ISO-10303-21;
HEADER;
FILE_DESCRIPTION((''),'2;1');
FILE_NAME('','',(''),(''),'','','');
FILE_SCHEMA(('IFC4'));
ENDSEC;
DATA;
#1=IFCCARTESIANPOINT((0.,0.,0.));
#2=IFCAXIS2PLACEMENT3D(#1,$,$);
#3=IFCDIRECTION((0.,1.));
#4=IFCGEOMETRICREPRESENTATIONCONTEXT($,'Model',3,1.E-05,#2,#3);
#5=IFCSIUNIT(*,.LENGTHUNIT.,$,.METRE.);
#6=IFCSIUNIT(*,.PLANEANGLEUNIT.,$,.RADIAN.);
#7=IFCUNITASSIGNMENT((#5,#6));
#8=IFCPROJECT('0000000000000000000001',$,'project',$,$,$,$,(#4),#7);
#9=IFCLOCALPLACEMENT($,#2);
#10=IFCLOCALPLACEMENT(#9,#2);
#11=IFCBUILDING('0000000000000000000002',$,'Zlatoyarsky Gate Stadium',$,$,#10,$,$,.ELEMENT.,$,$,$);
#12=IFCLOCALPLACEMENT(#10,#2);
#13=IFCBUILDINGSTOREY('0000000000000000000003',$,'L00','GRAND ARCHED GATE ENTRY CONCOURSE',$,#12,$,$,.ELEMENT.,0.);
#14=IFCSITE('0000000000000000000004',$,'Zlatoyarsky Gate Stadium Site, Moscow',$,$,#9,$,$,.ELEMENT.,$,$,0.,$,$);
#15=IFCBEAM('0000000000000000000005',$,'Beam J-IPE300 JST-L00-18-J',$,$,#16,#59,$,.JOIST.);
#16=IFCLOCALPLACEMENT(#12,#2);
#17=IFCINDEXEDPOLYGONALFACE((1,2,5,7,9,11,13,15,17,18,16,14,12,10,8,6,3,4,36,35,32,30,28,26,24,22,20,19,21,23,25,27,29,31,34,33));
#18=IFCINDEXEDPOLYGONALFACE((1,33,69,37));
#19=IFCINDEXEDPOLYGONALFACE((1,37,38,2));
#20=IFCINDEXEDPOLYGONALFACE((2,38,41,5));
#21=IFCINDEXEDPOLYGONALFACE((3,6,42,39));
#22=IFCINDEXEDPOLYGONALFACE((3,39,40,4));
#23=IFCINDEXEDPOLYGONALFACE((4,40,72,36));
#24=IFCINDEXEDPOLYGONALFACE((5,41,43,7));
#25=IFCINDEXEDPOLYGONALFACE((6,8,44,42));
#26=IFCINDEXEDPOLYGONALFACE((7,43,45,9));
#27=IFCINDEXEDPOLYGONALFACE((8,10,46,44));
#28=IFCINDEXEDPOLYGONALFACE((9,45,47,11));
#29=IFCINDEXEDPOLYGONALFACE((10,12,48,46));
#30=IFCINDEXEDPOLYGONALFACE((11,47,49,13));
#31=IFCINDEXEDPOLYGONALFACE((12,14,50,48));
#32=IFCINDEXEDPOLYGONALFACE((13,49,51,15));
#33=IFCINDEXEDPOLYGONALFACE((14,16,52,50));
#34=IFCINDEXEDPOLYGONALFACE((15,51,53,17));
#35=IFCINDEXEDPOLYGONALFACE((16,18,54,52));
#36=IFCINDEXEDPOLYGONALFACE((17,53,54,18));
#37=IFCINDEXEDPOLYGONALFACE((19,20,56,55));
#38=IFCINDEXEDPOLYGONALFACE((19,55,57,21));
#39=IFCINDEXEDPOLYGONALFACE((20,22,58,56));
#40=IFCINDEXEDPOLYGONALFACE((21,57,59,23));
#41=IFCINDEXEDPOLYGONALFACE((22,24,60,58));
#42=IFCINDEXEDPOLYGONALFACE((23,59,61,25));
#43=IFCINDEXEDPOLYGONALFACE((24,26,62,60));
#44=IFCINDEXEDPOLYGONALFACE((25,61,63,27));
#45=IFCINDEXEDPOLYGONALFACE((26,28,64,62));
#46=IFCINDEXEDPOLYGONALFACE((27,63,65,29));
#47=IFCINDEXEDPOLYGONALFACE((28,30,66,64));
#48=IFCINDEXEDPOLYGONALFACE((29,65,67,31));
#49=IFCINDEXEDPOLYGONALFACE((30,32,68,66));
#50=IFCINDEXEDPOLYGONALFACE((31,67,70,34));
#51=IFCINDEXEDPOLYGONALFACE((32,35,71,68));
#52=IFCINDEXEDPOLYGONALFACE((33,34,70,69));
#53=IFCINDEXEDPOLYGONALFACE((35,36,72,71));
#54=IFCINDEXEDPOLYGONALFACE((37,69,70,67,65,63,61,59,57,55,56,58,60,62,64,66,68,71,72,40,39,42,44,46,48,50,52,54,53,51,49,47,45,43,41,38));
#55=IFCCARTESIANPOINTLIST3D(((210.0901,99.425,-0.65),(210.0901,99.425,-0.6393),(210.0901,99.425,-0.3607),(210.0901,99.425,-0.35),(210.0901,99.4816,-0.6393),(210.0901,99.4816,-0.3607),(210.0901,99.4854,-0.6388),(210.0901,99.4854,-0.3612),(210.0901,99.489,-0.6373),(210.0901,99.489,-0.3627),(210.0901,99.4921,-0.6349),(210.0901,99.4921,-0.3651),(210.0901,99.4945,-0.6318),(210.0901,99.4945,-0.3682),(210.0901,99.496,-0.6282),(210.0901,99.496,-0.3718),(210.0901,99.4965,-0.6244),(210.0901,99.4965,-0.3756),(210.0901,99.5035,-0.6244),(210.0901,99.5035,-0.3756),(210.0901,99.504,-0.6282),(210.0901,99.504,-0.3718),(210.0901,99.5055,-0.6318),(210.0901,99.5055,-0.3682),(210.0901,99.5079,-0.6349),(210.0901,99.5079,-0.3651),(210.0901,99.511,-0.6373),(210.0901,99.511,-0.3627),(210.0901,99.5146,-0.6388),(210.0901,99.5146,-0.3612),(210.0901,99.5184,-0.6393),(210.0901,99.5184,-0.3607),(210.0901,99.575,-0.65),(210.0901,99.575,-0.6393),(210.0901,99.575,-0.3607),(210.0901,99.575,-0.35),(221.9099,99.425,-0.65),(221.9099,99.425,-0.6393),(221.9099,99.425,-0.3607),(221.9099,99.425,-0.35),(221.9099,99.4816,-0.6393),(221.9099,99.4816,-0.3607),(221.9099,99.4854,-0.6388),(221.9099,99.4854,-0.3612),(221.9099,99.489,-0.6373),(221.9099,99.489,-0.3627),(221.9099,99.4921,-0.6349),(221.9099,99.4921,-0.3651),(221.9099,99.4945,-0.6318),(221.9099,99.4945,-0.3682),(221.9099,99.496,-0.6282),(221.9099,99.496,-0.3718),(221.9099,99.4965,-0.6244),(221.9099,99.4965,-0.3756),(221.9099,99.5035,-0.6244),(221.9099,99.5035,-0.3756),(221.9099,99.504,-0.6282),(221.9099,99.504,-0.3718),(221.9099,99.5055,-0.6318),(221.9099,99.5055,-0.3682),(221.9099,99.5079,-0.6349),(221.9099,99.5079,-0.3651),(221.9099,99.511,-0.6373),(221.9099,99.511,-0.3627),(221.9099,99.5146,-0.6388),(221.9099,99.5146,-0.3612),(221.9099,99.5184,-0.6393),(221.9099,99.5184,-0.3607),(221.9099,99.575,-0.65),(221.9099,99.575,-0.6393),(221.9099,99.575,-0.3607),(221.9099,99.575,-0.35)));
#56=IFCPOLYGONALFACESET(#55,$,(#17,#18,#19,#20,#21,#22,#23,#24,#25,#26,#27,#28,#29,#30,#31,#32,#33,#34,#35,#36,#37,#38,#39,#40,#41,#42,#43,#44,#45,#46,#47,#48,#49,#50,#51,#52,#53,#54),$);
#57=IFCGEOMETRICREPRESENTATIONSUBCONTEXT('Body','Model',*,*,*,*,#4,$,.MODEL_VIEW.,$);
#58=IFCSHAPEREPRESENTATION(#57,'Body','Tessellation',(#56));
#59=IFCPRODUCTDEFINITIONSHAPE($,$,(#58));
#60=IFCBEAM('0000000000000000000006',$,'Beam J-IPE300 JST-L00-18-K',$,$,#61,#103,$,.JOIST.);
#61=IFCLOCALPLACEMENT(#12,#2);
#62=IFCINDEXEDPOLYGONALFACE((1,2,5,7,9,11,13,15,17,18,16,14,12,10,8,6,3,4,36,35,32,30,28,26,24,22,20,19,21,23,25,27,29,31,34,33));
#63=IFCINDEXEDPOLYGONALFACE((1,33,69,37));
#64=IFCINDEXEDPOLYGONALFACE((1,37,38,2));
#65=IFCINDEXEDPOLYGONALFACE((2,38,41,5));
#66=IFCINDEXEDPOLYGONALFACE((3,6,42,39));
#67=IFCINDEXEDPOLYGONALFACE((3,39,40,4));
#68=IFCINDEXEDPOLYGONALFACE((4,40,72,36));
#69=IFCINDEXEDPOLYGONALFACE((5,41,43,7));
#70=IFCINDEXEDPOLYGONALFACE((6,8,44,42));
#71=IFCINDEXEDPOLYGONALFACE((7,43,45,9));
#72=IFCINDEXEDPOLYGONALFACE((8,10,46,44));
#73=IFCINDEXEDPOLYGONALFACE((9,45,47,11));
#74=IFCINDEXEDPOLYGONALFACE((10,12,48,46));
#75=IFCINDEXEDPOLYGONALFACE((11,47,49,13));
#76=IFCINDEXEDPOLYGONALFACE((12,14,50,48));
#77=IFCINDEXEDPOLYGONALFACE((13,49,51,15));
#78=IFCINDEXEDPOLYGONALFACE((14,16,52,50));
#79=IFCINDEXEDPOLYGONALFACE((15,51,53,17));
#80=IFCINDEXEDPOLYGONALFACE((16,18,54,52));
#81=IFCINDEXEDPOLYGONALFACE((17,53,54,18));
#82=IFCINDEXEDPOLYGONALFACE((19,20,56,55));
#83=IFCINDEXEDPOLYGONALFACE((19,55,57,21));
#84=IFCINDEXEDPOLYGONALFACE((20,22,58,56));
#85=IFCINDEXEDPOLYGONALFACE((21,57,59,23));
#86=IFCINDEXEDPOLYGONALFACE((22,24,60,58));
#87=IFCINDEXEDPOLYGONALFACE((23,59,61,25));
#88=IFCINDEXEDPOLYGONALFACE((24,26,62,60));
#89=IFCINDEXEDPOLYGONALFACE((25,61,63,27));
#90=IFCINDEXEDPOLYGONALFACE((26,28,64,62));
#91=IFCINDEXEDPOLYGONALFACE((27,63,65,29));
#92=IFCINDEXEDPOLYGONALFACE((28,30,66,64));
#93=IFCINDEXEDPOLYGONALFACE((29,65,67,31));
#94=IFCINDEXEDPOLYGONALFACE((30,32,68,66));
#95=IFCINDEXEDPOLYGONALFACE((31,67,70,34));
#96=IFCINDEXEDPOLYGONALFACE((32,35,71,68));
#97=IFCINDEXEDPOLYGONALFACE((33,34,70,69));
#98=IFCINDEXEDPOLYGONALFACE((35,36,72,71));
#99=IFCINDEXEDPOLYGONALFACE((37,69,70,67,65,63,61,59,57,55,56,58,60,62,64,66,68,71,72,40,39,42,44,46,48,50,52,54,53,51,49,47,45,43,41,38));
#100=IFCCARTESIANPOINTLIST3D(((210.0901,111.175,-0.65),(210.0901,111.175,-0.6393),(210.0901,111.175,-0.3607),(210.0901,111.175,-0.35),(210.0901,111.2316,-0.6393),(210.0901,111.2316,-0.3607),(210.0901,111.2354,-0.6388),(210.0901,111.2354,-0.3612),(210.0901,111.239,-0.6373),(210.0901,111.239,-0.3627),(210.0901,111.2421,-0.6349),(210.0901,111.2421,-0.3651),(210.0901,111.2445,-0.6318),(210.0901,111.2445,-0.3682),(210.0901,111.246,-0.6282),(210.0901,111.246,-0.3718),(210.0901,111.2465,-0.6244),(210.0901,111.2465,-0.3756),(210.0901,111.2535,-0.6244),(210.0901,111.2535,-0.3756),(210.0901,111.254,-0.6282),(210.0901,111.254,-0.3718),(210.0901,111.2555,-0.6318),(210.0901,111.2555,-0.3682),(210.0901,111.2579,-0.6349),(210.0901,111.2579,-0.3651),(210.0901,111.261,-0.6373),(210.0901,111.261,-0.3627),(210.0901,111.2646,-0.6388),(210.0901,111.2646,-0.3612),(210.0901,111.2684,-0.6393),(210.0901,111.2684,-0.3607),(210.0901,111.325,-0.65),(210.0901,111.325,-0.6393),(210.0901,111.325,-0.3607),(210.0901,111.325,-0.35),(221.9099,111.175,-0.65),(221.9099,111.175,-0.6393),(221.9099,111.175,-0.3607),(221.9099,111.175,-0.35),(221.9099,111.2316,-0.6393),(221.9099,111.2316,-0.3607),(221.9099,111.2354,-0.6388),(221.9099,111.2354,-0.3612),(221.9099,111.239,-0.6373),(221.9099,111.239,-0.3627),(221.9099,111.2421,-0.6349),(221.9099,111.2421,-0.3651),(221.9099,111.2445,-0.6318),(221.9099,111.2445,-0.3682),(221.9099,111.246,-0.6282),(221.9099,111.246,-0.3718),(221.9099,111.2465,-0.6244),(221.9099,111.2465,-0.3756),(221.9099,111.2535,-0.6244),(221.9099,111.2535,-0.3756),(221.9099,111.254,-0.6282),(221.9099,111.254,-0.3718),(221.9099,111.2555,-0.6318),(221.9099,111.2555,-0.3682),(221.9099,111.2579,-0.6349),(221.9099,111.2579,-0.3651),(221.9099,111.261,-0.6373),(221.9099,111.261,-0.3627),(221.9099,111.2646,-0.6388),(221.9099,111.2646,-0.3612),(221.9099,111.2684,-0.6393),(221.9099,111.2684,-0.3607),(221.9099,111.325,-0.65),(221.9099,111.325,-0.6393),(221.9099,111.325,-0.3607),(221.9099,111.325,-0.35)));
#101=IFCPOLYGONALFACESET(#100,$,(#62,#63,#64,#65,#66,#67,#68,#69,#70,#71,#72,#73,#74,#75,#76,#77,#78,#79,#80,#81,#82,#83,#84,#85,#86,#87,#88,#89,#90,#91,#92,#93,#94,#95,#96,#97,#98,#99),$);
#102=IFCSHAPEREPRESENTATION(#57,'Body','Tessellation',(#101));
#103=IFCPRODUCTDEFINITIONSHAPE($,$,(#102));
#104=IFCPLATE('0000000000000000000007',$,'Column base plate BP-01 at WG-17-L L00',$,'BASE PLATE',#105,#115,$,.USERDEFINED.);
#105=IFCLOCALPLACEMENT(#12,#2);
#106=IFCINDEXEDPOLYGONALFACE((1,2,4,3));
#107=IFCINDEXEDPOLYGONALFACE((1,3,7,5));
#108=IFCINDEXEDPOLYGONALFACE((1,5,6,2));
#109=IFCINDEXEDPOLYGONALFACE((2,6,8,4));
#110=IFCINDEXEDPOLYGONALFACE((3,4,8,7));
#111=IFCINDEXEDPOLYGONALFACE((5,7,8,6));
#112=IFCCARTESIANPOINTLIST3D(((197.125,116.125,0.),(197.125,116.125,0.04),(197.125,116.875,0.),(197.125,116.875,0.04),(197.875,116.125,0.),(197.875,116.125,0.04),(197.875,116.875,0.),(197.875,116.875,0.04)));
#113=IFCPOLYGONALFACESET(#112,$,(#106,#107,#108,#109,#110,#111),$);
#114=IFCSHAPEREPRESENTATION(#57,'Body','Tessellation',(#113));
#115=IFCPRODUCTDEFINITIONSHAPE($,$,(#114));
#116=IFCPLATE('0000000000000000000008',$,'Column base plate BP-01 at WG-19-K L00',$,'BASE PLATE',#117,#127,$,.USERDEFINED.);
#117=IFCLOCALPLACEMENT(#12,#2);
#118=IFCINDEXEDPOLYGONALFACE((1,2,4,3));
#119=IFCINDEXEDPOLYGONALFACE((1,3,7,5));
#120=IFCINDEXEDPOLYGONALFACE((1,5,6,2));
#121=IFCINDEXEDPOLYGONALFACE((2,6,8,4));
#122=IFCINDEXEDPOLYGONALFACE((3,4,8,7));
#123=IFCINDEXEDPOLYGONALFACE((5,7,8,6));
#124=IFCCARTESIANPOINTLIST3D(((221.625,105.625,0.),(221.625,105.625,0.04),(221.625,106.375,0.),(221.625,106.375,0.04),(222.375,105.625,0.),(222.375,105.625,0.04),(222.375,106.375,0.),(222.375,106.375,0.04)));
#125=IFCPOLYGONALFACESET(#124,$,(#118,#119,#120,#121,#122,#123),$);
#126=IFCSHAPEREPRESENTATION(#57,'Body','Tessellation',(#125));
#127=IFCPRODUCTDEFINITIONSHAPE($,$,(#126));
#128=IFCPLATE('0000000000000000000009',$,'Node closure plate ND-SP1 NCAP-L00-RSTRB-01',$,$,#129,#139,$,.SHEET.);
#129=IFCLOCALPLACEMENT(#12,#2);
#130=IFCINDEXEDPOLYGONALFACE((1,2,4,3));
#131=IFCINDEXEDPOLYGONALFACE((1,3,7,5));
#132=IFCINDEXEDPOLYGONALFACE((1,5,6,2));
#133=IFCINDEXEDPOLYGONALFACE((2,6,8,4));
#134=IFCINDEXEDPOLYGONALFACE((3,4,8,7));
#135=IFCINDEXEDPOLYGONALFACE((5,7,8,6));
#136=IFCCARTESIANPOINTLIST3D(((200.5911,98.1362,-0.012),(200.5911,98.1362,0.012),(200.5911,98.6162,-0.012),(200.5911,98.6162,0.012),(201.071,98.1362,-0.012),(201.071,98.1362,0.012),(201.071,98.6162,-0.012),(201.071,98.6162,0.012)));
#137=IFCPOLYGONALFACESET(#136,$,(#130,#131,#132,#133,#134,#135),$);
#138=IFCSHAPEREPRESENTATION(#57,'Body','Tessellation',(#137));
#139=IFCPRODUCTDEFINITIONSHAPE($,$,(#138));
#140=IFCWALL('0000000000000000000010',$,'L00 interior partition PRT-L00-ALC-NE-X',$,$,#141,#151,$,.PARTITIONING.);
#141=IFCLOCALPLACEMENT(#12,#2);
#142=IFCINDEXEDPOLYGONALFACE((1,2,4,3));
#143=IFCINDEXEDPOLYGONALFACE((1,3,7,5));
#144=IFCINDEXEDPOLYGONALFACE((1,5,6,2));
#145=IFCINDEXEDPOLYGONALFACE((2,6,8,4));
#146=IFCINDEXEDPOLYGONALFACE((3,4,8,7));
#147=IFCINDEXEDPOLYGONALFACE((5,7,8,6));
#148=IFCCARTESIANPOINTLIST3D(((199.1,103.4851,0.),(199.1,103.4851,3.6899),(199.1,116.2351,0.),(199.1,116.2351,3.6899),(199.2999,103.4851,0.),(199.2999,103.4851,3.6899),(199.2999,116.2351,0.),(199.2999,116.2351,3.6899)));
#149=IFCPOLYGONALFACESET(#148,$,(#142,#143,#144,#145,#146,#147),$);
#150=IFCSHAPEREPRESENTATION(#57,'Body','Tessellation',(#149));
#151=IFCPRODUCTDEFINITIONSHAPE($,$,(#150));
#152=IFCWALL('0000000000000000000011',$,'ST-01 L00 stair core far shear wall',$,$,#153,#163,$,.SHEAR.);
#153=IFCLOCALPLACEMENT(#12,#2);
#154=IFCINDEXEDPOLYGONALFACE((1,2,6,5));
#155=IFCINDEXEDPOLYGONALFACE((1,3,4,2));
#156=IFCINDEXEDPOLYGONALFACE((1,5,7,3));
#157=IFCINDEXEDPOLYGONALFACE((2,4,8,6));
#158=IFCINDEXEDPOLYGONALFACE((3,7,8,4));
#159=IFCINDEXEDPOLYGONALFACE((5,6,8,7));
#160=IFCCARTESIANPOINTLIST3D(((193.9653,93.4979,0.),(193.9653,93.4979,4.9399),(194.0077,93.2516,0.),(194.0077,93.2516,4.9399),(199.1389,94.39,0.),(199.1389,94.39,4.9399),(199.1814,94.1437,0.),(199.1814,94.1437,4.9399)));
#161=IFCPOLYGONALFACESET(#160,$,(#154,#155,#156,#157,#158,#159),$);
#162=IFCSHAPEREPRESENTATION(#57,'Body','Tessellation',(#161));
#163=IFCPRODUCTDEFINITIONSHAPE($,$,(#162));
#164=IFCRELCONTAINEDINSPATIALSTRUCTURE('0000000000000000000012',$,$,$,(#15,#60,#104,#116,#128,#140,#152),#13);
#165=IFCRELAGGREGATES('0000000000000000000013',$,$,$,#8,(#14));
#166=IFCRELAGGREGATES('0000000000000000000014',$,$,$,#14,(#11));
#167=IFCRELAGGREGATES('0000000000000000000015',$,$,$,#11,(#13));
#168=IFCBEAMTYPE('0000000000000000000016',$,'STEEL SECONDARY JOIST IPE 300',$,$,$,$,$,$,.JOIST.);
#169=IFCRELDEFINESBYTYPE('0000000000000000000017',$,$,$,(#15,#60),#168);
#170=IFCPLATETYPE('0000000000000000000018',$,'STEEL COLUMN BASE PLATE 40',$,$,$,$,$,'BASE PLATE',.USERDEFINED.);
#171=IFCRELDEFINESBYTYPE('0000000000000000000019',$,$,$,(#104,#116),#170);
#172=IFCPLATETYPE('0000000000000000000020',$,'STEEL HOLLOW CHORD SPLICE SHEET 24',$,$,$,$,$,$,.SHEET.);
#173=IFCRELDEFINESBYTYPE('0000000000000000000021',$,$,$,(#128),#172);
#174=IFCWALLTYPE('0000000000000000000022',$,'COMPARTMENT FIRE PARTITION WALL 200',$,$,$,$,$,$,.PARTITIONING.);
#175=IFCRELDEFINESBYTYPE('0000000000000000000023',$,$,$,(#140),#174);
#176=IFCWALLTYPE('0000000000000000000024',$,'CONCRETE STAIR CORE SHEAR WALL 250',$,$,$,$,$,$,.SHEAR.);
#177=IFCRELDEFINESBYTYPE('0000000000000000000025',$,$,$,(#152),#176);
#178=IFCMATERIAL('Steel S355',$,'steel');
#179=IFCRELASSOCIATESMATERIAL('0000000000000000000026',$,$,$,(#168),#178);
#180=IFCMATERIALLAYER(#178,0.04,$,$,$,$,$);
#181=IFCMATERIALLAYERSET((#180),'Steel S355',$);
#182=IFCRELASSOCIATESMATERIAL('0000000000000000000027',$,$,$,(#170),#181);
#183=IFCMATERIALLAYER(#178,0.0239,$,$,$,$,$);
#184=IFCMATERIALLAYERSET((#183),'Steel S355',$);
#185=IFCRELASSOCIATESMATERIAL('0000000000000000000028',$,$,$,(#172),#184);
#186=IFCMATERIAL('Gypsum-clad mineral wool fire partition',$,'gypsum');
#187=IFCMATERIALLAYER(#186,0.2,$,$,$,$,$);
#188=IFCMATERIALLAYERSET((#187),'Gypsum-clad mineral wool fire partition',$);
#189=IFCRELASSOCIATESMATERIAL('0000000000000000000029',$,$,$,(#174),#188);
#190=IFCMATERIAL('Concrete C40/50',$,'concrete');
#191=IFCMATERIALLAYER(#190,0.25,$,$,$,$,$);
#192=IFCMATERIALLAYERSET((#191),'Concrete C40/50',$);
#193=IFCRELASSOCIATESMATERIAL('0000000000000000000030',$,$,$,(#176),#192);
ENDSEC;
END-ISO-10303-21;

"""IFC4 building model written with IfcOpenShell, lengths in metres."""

from ifc_helpers import new_model, si_unit, direction, frame, frame_2d, origin, origin_2d, place, context, subcontext, project, spatial, rectangle, i_section, extrude, material, layer, layer_set, material_profile, profile_set, type_object, element, save


model = new_model("IFC4")

# Units and contexts
model_context = context("Model", 3, precision=1e-05, world=origin(), true_north=direction((0.0, 1.0)))
body_context = subcontext(model_context, "Body", "Model", "MODEL_VIEW")
ifc_project = project(units=[si_unit("LENGTHUNIT", "METRE"), si_unit("PLANEANGLEUNIT", "RADIAN")], contexts=[model_context])

# Site, building, storey
site_placement = place(None, origin())
site = spatial("IfcSite", under=ifc_project, at=site_placement, Name="Zlatoyarsky Gate Stadium Site, Moscow", CompositionType="ELEMENT", RefElevation=0.0)
building_placement = place(site_placement, origin())
building = spatial("IfcBuilding", under=site, at=building_placement, Name="Zlatoyarsky Gate Stadium", CompositionType="ELEMENT")
storey_placement = place(building_placement, origin())
storey = spatial("IfcBuildingStorey", under=building, at=storey_placement, Name="L00", Description="GRAND ARCHED GATE ENTRY CONCOURSE", CompositionType="ELEMENT", Elevation=0.0)

# Shared definitions
ifc_material_1 = material(Name="Concrete C40/50", Category="concrete")
ifc_material_2 = material(Name="Steel S355", Category="steel")

# Beams
ifc_material_profile_1 = material_profile(ifc_material_2, i_section(OverallWidth=0.1499, OverallDepth=0.3, WebThickness=0.0071, FlangeThickness=0.0107, FilletRadius=0.0149, at=origin_2d()), Name="IPE 300")
ifc_profile_set_1 = profile_set([ifc_material_profile_1], Name="Steel S355")
beam_type_1 = type_object("IfcBeamType", Name="STEEL SECONDARY JOIST IPE 300", PredefinedType="JOIST", material=ifc_profile_set_1)
for number, where, z_axis, x_axis, name in (
    (1, (210.0901, 99.5, -0.5), (1.0, 0.0, 0.0), (0.0, 1.0, 0.0), "Beam J-IPE300 JST-L00-18-J"),
    (2, (210.0901, 111.25, -0.5), (1.0, 0.0, 0.0), (0.0, 1.0, 0.0), "Beam J-IPE300 JST-L00-18-K"),
):
    element("IfcBeam", number, at=place(storey_placement, frame(where, z_axis=z_axis, x_axis=x_axis)), inside=storey, type_object=beam_type_1, Name=name, PredefinedType="JOIST", context=body_context, shape_type="SweptSolid", body=[
        extrude(i_section(OverallWidth=0.1499, OverallDepth=0.3, WebThickness=0.0071, FlangeThickness=0.0107, FilletRadius=0.0149, at=origin_2d()), origin(), (0.0, 0.0, 1.0), 11.8198),
    ])

# Plates
ifc_layer_1 = layer(ifc_material_2, 0.04)
ifc_layer_set_1 = layer_set([ifc_layer_1], Name="Steel S355")
plate_type_1 = type_object("IfcPlateType", Name="STEEL COLUMN BASE PLATE 40", ElementType="BASE PLATE", PredefinedType="USERDEFINED", material=ifc_layer_set_1)
for number, where, z_axis, x_axis, name in (
    (3, (197.5, 116.5, 0.0), (0.0, 0.0, 1.0), (1.0, 0.0, 0.0), "Column base plate BP-01 at WG-17-L L00"),
    (4, (222.0, 106.0, 0.0), (0.0, 0.0, 1.0), (1.0, 0.0, 0.0), "Column base plate BP-01 at WG-19-K L00"),
):
    element("IfcPlate", number, at=place(storey_placement, frame(where, z_axis=z_axis, x_axis=x_axis)), inside=storey, type_object=plate_type_1, Name=name, ObjectType="BASE PLATE", PredefinedType="USERDEFINED", context=body_context, shape_type="SweptSolid", body=[
        extrude(rectangle(XDim=0.75, YDim=0.75, at=origin_2d()), origin(), (0.0, 0.0, 1.0), 0.04),
    ])
ifc_layer_2 = layer(ifc_material_2, 0.0239)
ifc_layer_set_2 = layer_set([ifc_layer_2], Name="Steel S355")
plate_type_2 = type_object("IfcPlateType", Name="STEEL HOLLOW CHORD SPLICE SHEET 24", PredefinedType="SHEET", material=ifc_layer_set_2)
plate_placement = place(storey_placement, frame((200.8311, 98.3762, -0.012), z_axis=(0.0, 0.0, 1.0), x_axis=(1.0, 0.0, 0.0)))
element("IfcPlate", 5, at=plate_placement, inside=storey, type_object=plate_type_2, Name="Node closure plate ND-SP1 NCAP-L00-RSTRB-01", PredefinedType="SHEET", context=body_context, shape_type="SweptSolid", body=[
    extrude(rectangle(XDim=0.48, YDim=0.48, at=origin_2d()), origin(), (0.0, 0.0, 1.0), 0.0239),
])

# Walls
ifc_material_3 = material(Name="Gypsum-clad mineral wool fire partition", Category="gypsum")
ifc_layer_3 = layer(ifc_material_3, 0.2)
ifc_layer_set_3 = layer_set([ifc_layer_3], Name="Gypsum-clad mineral wool fire partition")
wall_type_1 = type_object("IfcWallType", Name="COMPARTMENT FIRE PARTITION WALL 200", PredefinedType="PARTITIONING", material=ifc_layer_set_3)
wall_1_placement = place(storey_placement, frame((199.2, 103.4851, 0.0), z_axis=(0.0, 0.0, 1.0), x_axis=(0.0, 1.0, 0.0)))
element("IfcWall", 6, at=wall_1_placement, inside=storey, type_object=wall_type_1, Name="L00 interior partition PRT-L00-ALC-NE-X", PredefinedType="PARTITIONING", context=body_context, shape_type="SweptSolid", body=[
    extrude(rectangle(XDim=12.75, YDim=0.2, at=frame_2d((6.375, 0.0))), origin(), (0.0, 0.0, 1.0), 3.6899),
])
ifc_layer_4 = layer(ifc_material_1, 0.25)
ifc_layer_set_4 = layer_set([ifc_layer_4], Name="Concrete C40/50")
wall_type_2 = type_object("IfcWallType", Name="CONCRETE STAIR CORE SHEAR WALL 250", PredefinedType="SHEAR", material=ifc_layer_set_4)
wall_2_placement = place(storey_placement, frame((199.1602, 94.2668, 0.0), z_axis=(0.0, 0.0, 1.0), x_axis=(-0.985457, -0.169924, 0.0)))
element("IfcWall", 7, at=wall_2_placement, inside=storey, type_object=wall_type_2, Name="ST-01 L00 stair core far shear wall", PredefinedType="SHEAR", context=body_context, shape_type="SweptSolid", body=[
    extrude(rectangle(XDim=5.25, YDim=0.25, at=frame_2d((2.625, 0.0))), origin(), (0.0, 0.0, 1.0), 4.9399),
])

save(model, "model.ifc")
